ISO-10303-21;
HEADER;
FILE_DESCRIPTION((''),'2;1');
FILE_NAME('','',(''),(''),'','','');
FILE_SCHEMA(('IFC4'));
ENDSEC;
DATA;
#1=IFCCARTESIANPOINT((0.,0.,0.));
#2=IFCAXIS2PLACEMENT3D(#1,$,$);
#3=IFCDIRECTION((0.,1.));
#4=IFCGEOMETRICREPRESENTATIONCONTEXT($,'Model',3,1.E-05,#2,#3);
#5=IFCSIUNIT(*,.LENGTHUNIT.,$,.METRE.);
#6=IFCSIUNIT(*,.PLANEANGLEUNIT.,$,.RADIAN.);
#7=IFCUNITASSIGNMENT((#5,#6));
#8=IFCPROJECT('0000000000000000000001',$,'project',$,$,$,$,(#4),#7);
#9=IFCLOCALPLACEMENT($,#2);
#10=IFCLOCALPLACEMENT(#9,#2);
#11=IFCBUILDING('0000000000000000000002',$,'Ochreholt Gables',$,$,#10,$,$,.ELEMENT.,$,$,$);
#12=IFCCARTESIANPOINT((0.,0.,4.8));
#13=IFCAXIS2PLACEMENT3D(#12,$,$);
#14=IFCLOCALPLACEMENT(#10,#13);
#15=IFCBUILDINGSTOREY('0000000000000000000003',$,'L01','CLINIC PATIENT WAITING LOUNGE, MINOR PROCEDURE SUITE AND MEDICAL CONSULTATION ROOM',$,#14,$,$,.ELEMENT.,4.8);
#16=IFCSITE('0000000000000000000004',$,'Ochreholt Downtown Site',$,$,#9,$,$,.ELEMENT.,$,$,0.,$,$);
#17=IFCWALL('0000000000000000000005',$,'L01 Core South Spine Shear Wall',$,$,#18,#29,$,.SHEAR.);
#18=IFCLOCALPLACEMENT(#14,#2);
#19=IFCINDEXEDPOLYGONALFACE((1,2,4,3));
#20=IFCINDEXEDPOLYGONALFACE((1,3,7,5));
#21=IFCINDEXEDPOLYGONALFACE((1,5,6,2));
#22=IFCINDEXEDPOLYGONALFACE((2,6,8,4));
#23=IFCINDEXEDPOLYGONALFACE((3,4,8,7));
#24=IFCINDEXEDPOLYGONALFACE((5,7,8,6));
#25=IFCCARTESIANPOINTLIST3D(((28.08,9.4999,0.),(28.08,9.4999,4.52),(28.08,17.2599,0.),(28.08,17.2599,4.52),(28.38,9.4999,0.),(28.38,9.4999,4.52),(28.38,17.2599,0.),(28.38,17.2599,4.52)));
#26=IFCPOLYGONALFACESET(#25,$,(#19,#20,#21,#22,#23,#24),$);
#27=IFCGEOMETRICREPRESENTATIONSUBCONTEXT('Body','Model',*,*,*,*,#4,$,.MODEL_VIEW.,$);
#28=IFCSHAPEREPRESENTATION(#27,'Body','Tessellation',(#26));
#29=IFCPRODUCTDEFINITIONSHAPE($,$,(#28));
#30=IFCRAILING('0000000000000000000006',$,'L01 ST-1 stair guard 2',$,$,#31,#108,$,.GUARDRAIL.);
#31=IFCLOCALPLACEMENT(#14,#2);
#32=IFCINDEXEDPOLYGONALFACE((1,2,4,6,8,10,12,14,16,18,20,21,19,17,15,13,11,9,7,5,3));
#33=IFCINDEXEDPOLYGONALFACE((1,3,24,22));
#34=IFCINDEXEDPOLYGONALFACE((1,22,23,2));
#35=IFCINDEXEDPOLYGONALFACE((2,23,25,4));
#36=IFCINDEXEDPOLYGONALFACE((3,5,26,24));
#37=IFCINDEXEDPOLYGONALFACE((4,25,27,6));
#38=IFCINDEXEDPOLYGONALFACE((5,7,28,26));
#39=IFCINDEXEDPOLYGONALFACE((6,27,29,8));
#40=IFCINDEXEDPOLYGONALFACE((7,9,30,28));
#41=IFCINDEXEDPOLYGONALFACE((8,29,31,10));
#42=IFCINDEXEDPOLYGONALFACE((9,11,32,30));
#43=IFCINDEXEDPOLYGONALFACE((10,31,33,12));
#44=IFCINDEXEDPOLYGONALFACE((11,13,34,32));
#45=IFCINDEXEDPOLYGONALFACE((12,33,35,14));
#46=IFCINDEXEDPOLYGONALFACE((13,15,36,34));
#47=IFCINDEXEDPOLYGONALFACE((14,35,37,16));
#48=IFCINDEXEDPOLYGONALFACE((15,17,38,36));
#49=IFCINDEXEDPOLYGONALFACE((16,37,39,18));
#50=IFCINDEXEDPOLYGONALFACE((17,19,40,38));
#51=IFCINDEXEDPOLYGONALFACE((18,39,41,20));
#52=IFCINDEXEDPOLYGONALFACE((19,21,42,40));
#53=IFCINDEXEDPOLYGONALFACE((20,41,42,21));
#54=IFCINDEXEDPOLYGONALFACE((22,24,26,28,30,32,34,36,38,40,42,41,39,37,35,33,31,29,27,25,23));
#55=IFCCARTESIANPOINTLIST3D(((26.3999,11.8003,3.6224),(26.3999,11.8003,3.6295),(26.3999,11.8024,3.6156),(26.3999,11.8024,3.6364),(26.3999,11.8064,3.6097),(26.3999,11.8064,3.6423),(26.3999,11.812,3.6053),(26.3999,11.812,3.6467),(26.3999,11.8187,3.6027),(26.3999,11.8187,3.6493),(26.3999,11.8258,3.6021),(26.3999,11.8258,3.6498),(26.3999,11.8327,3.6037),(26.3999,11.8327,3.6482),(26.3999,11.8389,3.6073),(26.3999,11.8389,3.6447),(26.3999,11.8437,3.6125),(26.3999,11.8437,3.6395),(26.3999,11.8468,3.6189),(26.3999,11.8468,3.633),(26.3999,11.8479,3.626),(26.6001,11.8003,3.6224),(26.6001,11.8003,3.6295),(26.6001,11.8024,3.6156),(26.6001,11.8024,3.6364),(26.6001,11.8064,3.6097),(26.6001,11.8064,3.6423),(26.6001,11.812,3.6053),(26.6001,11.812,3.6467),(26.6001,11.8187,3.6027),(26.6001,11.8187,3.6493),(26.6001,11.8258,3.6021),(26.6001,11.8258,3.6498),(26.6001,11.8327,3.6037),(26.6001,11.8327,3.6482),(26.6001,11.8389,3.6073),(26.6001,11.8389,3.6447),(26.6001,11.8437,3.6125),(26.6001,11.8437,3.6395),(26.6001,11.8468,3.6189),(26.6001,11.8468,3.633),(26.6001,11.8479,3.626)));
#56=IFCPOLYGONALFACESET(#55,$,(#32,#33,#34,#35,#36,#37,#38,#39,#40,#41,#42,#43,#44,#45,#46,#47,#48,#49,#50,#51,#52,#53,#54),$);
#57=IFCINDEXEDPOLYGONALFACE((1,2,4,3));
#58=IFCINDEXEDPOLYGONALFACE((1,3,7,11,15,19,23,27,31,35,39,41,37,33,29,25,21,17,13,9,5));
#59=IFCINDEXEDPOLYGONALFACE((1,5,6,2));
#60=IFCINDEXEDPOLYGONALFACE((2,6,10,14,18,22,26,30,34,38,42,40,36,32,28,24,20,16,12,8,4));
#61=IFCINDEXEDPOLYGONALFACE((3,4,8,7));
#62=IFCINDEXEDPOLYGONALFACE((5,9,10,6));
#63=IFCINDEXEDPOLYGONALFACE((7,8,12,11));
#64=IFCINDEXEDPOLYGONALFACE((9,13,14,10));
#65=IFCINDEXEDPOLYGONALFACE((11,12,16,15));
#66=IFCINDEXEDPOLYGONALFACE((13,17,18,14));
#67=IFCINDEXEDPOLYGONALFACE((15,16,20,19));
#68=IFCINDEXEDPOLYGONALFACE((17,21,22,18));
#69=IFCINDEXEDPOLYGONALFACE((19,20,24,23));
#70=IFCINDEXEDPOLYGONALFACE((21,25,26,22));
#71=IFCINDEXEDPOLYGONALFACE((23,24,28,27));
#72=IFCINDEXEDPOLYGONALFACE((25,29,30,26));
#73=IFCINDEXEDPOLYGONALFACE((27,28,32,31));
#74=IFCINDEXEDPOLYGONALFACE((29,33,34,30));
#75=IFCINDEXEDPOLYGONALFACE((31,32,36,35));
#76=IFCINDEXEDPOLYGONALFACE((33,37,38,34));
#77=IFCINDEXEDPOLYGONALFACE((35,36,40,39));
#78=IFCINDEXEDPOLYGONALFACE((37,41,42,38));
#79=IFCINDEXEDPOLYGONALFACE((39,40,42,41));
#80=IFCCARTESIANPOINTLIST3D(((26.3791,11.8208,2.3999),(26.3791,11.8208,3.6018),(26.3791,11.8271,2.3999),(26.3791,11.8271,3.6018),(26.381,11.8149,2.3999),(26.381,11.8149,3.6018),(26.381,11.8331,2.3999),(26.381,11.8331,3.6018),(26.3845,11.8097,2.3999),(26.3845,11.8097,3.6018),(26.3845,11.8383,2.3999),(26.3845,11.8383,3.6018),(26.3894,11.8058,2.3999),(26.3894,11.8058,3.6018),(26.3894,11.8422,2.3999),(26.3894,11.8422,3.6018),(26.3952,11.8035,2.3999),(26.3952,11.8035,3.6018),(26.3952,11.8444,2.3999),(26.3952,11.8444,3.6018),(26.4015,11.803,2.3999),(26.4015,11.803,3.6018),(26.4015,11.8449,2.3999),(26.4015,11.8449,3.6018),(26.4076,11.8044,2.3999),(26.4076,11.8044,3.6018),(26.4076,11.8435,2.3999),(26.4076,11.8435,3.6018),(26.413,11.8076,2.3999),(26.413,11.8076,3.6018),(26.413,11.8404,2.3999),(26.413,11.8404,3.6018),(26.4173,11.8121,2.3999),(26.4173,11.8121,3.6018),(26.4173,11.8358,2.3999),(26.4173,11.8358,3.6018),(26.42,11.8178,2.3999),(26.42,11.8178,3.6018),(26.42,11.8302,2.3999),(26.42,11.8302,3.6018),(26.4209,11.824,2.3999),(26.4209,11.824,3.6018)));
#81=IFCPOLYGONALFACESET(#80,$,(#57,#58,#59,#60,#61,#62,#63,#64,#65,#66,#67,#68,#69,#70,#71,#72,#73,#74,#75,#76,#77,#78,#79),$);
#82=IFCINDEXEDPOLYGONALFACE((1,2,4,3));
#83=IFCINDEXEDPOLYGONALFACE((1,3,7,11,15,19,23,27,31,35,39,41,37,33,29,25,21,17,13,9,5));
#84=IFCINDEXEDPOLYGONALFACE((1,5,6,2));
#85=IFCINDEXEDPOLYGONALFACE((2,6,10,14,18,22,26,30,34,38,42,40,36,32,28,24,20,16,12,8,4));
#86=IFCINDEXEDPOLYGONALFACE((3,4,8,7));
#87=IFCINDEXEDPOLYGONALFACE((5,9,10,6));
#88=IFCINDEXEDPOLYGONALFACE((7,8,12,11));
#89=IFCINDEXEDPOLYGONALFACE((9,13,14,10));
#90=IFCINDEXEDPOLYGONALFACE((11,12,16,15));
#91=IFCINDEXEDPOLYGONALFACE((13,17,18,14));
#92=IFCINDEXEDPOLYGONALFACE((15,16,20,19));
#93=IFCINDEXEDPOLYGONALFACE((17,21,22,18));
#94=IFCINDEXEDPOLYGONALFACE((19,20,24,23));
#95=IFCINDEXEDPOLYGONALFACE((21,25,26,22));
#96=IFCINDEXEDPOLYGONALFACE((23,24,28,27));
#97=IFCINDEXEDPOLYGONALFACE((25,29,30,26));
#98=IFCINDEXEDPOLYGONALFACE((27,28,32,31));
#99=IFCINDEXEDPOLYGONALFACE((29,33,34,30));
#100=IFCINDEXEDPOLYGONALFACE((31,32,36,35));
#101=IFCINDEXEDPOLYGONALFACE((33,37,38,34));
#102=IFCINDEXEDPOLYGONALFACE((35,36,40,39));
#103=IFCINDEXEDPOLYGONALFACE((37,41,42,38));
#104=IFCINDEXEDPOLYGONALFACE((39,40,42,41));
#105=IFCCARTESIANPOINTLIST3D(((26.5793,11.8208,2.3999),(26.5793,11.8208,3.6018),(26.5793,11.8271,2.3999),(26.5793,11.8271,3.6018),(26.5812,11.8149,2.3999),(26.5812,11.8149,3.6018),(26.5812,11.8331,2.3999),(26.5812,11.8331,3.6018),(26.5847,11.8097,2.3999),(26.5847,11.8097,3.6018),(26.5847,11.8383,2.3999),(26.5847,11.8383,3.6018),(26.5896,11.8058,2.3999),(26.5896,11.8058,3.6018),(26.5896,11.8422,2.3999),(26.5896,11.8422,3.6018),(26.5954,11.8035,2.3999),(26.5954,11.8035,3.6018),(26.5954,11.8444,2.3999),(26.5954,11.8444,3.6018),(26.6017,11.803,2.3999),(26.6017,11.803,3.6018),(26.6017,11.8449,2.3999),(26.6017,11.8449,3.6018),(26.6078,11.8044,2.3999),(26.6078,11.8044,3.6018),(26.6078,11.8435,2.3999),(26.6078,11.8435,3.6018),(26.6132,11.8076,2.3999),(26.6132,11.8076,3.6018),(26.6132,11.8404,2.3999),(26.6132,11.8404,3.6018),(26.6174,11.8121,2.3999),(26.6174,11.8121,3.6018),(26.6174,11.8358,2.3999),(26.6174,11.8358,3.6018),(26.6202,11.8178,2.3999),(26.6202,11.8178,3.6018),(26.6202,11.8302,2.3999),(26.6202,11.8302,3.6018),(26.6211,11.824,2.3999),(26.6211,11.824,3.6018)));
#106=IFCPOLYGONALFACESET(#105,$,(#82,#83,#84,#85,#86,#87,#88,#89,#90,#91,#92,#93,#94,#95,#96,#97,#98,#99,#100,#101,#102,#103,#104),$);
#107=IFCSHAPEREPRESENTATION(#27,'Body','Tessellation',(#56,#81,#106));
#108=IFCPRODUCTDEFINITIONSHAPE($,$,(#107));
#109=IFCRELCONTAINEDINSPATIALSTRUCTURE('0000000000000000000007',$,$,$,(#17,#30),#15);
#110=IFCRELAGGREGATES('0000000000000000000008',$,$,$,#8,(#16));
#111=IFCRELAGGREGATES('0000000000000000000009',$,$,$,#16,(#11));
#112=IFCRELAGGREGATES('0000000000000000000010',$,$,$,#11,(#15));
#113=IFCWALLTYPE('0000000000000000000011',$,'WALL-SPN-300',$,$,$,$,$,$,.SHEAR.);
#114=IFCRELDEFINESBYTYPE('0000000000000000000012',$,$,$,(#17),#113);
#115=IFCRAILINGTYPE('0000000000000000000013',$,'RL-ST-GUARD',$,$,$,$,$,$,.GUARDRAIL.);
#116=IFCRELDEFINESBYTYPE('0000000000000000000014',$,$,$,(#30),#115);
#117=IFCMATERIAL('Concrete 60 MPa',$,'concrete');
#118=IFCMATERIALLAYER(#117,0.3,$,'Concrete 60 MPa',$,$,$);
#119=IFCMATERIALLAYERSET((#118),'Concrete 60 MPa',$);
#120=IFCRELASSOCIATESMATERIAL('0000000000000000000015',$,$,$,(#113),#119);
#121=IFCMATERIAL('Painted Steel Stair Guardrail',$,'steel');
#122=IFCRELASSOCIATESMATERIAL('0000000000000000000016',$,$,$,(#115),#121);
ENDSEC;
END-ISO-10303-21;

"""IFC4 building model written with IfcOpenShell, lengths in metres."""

from ifc_helpers import new_model, si_unit, direction, frame, frame_2d, origin, origin_2d, place, context, subcontext, project, spatial, rectangle, circle, extrude, material, layer, layer_set, type_object, element, save


model = new_model("IFC4")

# Units and contexts
model_context = context("Model", 3, precision=1e-05, world=origin(), true_north=direction((0.0, 1.0)))
body_context = subcontext(model_context, "Body", "Model", "MODEL_VIEW")
ifc_project = project(units=[si_unit("LENGTHUNIT", "METRE"), si_unit("PLANEANGLEUNIT", "RADIAN")], contexts=[model_context])

# Site, building, storey
site_placement = place(None, origin())
site = spatial("IfcSite", under=ifc_project, at=site_placement, Name="Ochreholt Downtown Site", CompositionType="ELEMENT", RefElevation=0.0)
building_placement = place(site_placement, origin())
building = spatial("IfcBuilding", under=site, at=building_placement, Name="Ochreholt Gables", CompositionType="ELEMENT")
storey_placement = place(building_placement, frame((0.0, 0.0, 4.8)))
storey = spatial("IfcBuildingStorey", under=building, at=storey_placement, Name="L01", Description="CLINIC PATIENT WAITING LOUNGE, MINOR PROCEDURE SUITE AND MEDICAL CONSULTATION ROOM", CompositionType="ELEMENT", Elevation=4.8)

# Shared definitions
ifc_material_1 = material(Name="Concrete 60 MPa", Category="concrete")

# Wall
ifc_layer_1 = layer(ifc_material_1, 0.3, Name="Concrete 60 MPa")
ifc_layer_set_1 = layer_set([ifc_layer_1], Name="Concrete 60 MPa")
wall_type_1 = type_object("IfcWallType", Name="WALL-SPN-300", PredefinedType="SHEAR", material=ifc_layer_set_1)
wall_1_placement = place(storey_placement, frame((28.23, 9.5, 0.0), z_axis=(0.0, 0.0, 1.0), x_axis=(0.0, 1.0, 0.0)))
element("IfcWall", 1, at=wall_1_placement, inside=storey, type_object=wall_type_1, Name="L01 Core South Spine Shear Wall", PredefinedType="SHEAR", context=body_context, shape_type="SweptSolid", body=[
    extrude(rectangle(XDim=7.76, YDim=0.3, at=frame_2d((3.8799, 0.0))), origin(), (0.0, 0.0, 1.0), 4.52),
])

# Railing
ifc_material_2 = material(Name="Painted Steel Stair Guardrail", Category="steel")
railing_type = type_object("IfcRailingType", Name="RL-ST-GUARD", PredefinedType="GUARDRAIL", material=ifc_material_2)
railing_1_placement = place(storey_placement, frame((26.3999, 11.824, 2.3999)))
element("IfcRailing", 2, at=railing_1_placement, inside=storey, type_object=railing_type, Name="L01 ST-1 stair guard 2", PredefinedType="GUARDRAIL", context=body_context, shape_type="SweptSolid", body=[
    extrude(circle(Radius=0.0239, at=origin_2d()), frame((0.0, 0.0, 1.2261), z_axis=(1.0, 0.0, 0.0), x_axis=(0.0, 1.0, 0.0)), (0.0, 0.0, 1.0), 0.2002),
    extrude(circle(Radius=0.021, at=origin_2d()), origin(), (0.0, 0.0, 1.0), 1.2019),
    extrude(circle(Radius=0.021, at=origin_2d()), frame((0.2002, 0.0, 0.0)), (0.0, 0.0, 1.0), 1.2019),
])

save(model, "model.ifc")
